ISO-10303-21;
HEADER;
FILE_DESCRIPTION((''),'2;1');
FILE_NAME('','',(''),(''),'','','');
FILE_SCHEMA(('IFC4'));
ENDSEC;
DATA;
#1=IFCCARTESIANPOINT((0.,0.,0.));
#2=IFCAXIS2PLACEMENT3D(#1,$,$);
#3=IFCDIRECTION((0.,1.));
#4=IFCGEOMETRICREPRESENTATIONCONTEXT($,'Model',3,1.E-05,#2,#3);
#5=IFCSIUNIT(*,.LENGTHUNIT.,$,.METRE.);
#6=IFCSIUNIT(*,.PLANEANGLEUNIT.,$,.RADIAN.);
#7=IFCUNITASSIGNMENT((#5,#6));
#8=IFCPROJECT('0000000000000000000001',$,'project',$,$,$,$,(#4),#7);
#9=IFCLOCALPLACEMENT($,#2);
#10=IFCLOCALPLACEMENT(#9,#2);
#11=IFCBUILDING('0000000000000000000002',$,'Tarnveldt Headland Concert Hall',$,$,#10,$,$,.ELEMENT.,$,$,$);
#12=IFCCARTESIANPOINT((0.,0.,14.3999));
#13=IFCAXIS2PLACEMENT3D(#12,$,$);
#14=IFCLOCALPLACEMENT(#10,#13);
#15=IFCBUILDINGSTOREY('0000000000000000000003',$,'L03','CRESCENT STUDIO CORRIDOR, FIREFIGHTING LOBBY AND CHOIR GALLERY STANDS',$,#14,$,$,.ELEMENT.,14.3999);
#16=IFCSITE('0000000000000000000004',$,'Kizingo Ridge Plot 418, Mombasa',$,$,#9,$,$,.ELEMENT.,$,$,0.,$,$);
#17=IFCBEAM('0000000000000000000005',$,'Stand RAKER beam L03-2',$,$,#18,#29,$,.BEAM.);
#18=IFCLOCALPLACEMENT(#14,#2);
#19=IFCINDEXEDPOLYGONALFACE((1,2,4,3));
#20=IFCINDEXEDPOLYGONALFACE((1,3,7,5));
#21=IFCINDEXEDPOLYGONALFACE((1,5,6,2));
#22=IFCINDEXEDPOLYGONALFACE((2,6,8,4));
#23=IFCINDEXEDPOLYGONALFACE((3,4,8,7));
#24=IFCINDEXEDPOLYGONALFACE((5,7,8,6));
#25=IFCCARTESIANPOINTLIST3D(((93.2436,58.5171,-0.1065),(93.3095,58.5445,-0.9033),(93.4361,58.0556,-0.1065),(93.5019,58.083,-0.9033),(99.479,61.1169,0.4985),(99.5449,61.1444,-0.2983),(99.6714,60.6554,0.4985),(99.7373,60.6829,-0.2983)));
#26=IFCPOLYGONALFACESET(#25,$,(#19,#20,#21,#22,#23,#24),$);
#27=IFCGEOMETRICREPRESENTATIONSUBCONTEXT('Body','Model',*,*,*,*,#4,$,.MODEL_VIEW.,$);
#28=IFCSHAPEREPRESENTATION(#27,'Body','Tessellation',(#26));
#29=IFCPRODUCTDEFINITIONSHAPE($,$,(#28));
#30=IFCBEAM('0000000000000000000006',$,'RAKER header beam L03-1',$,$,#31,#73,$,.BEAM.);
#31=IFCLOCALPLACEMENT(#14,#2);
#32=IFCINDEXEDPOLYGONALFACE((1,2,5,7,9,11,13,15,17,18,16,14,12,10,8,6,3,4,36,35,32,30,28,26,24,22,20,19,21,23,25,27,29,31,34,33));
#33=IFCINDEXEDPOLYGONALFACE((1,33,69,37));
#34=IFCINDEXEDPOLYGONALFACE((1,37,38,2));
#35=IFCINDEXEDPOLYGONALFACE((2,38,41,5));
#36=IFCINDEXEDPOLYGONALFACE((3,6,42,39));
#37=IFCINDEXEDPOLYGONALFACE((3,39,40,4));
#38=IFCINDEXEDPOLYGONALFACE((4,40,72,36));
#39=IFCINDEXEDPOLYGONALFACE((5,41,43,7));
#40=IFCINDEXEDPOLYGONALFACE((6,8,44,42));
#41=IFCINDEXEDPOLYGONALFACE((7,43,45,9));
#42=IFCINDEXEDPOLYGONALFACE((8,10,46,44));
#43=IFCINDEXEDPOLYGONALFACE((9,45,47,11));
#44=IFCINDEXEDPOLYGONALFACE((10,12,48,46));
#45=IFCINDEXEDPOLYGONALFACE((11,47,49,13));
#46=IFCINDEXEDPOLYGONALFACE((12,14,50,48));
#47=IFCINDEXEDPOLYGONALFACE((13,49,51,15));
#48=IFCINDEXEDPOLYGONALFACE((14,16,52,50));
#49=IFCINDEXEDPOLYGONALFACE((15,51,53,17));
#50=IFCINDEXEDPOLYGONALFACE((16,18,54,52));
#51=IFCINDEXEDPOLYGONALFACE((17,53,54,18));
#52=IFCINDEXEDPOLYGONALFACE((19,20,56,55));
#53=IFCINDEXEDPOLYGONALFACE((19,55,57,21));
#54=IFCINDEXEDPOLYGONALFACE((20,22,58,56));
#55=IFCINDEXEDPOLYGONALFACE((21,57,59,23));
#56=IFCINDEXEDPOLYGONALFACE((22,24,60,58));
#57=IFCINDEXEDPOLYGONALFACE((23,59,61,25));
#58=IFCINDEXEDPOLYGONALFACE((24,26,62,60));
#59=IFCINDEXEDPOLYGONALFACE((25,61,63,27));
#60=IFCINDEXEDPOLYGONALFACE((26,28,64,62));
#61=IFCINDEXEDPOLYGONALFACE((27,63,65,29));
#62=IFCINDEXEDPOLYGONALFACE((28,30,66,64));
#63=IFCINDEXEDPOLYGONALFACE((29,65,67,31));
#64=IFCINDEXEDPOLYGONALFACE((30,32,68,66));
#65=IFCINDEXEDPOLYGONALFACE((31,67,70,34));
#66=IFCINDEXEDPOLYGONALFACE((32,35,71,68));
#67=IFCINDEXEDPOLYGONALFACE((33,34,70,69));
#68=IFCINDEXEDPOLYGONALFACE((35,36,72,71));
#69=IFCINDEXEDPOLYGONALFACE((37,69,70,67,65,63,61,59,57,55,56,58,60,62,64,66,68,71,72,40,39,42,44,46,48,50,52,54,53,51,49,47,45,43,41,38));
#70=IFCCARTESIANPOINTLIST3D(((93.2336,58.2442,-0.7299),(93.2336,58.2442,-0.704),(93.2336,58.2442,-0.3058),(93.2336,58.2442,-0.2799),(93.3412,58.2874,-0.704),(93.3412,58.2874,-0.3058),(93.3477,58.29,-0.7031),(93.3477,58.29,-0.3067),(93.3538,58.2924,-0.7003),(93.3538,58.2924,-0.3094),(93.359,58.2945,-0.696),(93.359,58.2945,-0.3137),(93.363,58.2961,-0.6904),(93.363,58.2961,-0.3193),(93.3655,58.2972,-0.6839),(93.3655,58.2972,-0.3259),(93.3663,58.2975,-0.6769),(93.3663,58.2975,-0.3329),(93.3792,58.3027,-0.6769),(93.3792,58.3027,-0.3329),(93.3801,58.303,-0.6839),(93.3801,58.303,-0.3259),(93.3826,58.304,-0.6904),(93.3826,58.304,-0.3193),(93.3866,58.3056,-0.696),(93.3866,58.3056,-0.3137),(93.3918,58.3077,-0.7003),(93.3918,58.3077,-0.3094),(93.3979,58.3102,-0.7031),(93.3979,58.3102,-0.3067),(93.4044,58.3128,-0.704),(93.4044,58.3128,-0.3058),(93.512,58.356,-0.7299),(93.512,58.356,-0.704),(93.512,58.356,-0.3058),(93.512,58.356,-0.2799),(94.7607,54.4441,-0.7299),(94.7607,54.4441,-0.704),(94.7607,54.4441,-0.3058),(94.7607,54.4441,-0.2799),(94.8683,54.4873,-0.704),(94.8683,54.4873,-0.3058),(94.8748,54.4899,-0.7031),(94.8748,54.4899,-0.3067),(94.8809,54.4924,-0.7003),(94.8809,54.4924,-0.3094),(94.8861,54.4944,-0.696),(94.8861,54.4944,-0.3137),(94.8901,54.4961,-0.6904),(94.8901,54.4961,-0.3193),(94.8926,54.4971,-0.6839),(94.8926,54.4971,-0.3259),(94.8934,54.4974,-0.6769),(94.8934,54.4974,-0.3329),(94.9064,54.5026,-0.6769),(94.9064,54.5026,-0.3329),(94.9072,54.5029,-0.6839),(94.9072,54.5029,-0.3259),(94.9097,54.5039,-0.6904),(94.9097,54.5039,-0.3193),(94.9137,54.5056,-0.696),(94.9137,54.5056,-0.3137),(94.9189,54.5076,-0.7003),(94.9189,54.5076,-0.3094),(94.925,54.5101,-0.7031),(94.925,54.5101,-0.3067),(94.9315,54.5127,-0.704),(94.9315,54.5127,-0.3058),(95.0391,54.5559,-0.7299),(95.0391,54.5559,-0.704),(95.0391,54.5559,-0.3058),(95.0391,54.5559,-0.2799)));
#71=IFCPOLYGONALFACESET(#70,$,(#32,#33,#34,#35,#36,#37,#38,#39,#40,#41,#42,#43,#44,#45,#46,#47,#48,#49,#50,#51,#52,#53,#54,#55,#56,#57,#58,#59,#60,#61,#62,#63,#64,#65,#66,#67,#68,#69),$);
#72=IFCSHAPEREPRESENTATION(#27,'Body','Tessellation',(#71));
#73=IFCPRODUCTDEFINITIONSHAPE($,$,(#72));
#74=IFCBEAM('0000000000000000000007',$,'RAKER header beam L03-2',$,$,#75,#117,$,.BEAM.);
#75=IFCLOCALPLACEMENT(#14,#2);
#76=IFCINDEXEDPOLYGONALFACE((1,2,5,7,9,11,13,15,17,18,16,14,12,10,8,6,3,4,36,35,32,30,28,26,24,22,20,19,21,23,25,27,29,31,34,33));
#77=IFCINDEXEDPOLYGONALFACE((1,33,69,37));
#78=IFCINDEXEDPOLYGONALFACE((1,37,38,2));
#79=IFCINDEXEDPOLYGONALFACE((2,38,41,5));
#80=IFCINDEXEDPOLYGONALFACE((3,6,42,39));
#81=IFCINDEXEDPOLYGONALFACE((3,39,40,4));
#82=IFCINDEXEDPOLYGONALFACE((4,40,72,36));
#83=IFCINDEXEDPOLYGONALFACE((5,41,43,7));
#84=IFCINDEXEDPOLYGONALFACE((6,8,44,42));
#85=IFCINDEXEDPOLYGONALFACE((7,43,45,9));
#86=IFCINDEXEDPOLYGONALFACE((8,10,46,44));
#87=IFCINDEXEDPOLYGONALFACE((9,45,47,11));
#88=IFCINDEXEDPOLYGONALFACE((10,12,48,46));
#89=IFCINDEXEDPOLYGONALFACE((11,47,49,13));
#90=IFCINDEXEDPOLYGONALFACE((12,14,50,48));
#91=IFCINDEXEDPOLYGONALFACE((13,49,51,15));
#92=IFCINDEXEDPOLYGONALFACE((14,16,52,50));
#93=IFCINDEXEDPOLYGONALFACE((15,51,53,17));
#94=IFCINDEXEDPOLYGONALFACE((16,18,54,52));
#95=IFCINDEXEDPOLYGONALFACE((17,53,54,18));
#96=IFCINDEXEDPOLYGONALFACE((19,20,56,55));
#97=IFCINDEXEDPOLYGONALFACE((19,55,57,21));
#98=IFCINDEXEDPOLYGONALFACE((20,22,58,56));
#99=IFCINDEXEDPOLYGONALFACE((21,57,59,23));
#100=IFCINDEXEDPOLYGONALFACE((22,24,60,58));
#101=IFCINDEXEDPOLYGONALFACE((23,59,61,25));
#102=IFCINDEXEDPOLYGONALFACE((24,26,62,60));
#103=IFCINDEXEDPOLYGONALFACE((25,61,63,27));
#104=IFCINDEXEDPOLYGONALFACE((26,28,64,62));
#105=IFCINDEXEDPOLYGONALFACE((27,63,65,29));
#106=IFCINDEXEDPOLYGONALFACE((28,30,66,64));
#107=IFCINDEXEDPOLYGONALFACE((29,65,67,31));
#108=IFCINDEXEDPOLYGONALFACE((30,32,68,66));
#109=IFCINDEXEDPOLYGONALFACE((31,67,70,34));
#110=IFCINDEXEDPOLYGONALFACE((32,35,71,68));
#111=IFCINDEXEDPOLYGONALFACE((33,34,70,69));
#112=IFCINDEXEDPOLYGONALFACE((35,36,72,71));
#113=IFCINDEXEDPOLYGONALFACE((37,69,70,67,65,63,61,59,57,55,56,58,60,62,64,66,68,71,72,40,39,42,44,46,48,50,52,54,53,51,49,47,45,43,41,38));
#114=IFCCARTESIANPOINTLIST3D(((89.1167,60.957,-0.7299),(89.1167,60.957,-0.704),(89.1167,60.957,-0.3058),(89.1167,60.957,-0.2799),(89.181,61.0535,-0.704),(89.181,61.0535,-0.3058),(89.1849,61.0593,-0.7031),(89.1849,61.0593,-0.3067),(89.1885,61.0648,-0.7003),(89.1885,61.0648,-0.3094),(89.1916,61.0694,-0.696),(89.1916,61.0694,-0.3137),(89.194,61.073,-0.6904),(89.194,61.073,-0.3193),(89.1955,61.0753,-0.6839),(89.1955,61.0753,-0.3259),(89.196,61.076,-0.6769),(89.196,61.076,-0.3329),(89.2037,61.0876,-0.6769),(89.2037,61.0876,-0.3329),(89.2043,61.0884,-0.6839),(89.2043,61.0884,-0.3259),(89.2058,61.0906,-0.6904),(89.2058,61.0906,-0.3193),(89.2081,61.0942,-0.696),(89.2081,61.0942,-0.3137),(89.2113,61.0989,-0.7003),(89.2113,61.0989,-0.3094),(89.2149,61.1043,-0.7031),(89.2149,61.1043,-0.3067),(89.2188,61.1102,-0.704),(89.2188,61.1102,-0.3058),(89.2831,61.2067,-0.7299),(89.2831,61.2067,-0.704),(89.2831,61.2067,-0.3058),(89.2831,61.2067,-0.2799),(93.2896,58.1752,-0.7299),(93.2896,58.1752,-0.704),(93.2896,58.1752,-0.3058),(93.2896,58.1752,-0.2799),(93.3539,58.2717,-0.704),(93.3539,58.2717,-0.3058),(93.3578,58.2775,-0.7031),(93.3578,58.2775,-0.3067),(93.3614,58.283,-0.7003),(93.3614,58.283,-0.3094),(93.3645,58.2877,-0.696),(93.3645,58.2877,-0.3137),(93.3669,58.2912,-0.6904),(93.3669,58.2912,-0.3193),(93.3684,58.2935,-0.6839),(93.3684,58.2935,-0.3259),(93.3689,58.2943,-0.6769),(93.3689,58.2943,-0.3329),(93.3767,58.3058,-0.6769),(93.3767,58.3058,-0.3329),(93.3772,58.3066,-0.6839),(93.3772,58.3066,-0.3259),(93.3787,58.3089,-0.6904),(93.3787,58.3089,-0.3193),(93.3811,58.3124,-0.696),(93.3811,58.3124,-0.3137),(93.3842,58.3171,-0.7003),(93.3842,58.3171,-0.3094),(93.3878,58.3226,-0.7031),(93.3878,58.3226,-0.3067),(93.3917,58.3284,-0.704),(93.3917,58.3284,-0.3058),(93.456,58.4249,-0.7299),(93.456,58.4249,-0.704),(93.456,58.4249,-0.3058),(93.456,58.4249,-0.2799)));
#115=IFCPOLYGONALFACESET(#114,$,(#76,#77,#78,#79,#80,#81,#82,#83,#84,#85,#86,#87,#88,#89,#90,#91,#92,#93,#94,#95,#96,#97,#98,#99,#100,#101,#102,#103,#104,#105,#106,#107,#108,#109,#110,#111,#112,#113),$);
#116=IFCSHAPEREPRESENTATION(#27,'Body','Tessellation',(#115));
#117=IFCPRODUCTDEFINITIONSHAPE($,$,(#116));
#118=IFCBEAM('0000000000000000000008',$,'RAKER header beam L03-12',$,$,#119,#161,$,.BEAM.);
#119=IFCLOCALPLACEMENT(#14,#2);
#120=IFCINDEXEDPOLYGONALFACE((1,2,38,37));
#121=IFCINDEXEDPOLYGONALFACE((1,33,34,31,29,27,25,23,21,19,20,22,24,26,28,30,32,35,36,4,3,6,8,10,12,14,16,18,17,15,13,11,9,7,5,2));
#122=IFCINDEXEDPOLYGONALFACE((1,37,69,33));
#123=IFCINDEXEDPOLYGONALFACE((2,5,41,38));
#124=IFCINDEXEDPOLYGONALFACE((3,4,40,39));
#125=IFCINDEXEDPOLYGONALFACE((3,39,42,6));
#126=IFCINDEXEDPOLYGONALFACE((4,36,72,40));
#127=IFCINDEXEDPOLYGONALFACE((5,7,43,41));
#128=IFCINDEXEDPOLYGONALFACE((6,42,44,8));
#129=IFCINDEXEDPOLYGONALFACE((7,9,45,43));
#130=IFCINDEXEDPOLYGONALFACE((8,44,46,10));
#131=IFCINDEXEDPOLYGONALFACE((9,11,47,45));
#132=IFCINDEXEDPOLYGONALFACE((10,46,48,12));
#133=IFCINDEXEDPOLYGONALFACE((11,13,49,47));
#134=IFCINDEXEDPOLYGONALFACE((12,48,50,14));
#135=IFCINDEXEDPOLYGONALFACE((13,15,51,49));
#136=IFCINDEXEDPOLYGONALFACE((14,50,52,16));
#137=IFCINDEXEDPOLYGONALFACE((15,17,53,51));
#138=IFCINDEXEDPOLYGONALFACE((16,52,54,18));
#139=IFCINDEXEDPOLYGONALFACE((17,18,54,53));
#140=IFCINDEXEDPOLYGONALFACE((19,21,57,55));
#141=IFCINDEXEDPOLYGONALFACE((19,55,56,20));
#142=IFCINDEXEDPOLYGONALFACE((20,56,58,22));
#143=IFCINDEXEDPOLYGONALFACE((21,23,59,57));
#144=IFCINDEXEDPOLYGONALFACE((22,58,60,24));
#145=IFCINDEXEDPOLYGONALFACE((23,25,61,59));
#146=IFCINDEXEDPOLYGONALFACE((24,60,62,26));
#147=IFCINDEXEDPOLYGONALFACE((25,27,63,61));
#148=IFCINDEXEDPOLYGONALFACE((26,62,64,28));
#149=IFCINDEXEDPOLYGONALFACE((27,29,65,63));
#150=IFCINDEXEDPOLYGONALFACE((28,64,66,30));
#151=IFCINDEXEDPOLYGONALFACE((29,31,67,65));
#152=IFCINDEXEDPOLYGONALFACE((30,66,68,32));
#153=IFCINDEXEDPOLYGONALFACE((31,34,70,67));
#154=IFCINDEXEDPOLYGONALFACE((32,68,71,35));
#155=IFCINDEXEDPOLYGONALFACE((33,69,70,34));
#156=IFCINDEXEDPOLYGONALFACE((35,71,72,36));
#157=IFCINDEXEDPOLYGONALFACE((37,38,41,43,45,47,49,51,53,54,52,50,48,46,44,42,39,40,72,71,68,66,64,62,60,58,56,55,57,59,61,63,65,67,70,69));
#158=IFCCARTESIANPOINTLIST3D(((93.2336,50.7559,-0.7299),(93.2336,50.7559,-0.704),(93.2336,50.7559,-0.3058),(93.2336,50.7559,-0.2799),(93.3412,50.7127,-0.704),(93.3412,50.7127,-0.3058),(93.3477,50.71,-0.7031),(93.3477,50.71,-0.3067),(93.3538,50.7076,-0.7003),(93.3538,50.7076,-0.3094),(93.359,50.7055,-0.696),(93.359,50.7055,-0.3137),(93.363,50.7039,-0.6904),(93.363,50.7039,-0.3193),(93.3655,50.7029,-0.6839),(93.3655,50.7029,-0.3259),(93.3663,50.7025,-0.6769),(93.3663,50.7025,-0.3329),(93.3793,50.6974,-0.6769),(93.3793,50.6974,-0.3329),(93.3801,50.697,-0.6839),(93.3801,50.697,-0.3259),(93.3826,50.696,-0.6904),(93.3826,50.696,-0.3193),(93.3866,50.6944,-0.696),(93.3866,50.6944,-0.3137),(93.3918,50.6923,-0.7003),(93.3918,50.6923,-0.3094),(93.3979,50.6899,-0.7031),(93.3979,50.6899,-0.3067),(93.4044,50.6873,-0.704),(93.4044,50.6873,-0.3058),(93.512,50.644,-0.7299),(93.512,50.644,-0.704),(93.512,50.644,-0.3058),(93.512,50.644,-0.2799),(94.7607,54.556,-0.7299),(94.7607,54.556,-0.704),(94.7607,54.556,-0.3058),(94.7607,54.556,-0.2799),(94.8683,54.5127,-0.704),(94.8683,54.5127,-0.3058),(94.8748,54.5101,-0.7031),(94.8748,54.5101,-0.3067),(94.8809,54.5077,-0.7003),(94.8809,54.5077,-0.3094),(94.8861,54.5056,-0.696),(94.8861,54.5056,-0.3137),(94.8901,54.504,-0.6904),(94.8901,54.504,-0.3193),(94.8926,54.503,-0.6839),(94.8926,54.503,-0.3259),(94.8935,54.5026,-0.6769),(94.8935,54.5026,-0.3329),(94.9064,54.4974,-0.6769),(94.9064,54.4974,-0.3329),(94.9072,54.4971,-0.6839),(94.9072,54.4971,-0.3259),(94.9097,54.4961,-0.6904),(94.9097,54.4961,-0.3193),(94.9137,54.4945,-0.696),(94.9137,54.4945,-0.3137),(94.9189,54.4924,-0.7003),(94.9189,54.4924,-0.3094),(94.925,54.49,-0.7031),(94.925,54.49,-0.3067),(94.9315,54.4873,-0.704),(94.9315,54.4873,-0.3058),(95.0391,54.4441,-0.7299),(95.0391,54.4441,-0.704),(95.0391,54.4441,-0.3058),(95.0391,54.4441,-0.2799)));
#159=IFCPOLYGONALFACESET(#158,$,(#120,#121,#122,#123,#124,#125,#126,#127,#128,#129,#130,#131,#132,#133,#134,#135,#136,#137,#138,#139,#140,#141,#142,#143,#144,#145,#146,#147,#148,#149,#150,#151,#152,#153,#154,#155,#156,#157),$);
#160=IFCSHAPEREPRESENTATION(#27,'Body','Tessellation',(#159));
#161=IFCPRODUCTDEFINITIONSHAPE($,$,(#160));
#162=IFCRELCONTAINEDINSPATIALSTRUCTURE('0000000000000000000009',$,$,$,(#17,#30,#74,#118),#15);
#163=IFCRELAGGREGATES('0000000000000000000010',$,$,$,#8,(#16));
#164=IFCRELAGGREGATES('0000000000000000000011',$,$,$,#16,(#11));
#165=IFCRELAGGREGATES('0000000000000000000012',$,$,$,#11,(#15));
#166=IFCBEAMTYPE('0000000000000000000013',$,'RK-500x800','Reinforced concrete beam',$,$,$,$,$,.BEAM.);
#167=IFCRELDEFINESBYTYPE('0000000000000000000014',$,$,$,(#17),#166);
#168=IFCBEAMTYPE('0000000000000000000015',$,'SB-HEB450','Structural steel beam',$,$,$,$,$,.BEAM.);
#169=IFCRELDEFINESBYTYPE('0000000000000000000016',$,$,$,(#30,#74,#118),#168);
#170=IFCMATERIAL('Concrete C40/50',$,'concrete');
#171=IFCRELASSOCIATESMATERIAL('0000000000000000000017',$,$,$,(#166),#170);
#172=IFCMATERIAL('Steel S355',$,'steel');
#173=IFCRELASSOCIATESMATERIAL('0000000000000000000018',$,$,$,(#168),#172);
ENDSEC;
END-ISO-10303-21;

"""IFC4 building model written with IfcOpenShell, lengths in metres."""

from ifc_helpers import new_model, si_unit, direction, frame, origin, origin_2d, place, context, subcontext, project, spatial, rectangle, i_section, extrude, material, material_profile, profile_set, type_object, element, save


model = new_model("IFC4")

# Units and contexts
model_context = context("Model", 3, precision=1e-05, world=origin(), true_north=direction((0.0, 1.0)))
body_context = subcontext(model_context, "Body", "Model", "MODEL_VIEW")
ifc_project = project(units=[si_unit("LENGTHUNIT", "METRE"), si_unit("PLANEANGLEUNIT", "RADIAN")], contexts=[model_context])

# Site, building, storey
site_placement = place(None, origin())
site = spatial("IfcSite", under=ifc_project, at=site_placement, Name="Kizingo Ridge Plot 418, Mombasa", CompositionType="ELEMENT", RefElevation=0.0)
building_placement = place(site_placement, origin())
building = spatial("IfcBuilding", under=site, at=building_placement, Name="Tarnveldt Headland Concert Hall", CompositionType="ELEMENT")
storey_placement = place(building_placement, frame((0.0, 0.0, 14.3999)))
storey = spatial("IfcBuildingStorey", under=building, at=storey_placement, Name="L03", Description="CRESCENT STUDIO CORRIDOR, FIREFIGHTING LOBBY AND CHOIR GALLERY STANDS", CompositionType="ELEMENT", Elevation=14.3999)

# Shared definitions
ifc_material_1 = material(Name="Concrete C40/50", Category="concrete")

# Beams
ifc_material_profile_1 = material_profile(ifc_material_1, rectangle(XDim=0.5, YDim=0.8, at=origin_2d()), Name="RAKER RC 500x800", Category="concrete")
ifc_profile_set_1 = profile_set([ifc_material_profile_1], Name="Concrete C40/50")
beam_type_1 = type_object("IfcBeamType", Name="RK-500x800", Description="Reinforced concrete beam", PredefinedType="BEAM", material=ifc_profile_set_1)
beam_1_placement = place(storey_placement, frame((99.6082, 60.8999, 0.1001), z_axis=(-0.919304, -0.383307, -0.089195), x_axis=(0.384841, -0.922983, 0.0)))
element("IfcBeam", 1, at=beam_1_placement, inside=storey, type_object=beam_type_1, Name="Stand RAKER beam L03-2", PredefinedType="BEAM", context=body_context, shape_type="SweptSolid", body=[
    extrude(rectangle(XDim=0.5, YDim=0.8, at=origin_2d()), origin(), (0.0, 0.0, 1.0), 6.7827),
])
ifc_material_2 = material(Name="Steel S355", Category="steel")
ifc_material_profile_2 = material_profile(ifc_material_2, i_section(OverallWidth=0.3, OverallDepth=0.45, WebThickness=0.0139, FlangeThickness=0.0259, FilletRadius=0.0271, at=origin_2d()), Name="HEB450", Category="steel")
ifc_profile_set_2 = profile_set([ifc_material_profile_2], Name="Steel S355")
beam_type_2 = type_object("IfcBeamType", Name="SB-HEB450", Description="Structural steel beam", PredefinedType="BEAM", material=ifc_profile_set_2)
beam_2_placement = place(storey_placement, frame((94.8999, 54.5, -0.5049), z_axis=(-0.372881, 0.927879, 0.0), x_axis=(-0.927879, -0.372881, 0.0)))
element("IfcBeam", 2, at=beam_2_placement, inside=storey, type_object=beam_type_2, Name="RAKER header beam L03-1", PredefinedType="BEAM", context=body_context, shape_type="SweptSolid", body=[
    extrude(i_section(OverallWidth=0.3, OverallDepth=0.45, WebThickness=0.0139, FlangeThickness=0.0259, FilletRadius=0.0271, at=origin_2d()), origin(), (0.0, 0.0, 1.0), 4.0955),
])
beam_3_placement = place(storey_placement, frame((93.3728, 58.3, -0.5049), z_axis=(-0.832065, 0.554678, 0.0), x_axis=(-0.554678, -0.832065, 0.0)))
element("IfcBeam", 3, at=beam_3_placement, inside=storey, type_object=beam_type_2, Name="RAKER header beam L03-2", PredefinedType="BEAM", context=body_context, shape_type="SweptSolid", body=[
    extrude(i_section(OverallWidth=0.3, OverallDepth=0.45, WebThickness=0.0139, FlangeThickness=0.0259, FilletRadius=0.0271, at=origin_2d()), origin(), (0.0, 0.0, 1.0), 5.0151),
])
beam_4_placement = place(storey_placement, frame((93.3728, 50.7, -0.5049), z_axis=(0.372881, 0.927879, 0.0), x_axis=(-0.927879, 0.372881, 0.0)))
element("IfcBeam", 4, at=beam_4_placement, inside=storey, type_object=beam_type_2, Name="RAKER header beam L03-12", PredefinedType="BEAM", context=body_context, shape_type="SweptSolid", body=[
    extrude(i_section(OverallWidth=0.3, OverallDepth=0.45, WebThickness=0.0139, FlangeThickness=0.0259, FilletRadius=0.0271, at=origin_2d()), origin(), (0.0, 0.0, 1.0), 4.0955),
])

save(model, "model.ifc")
